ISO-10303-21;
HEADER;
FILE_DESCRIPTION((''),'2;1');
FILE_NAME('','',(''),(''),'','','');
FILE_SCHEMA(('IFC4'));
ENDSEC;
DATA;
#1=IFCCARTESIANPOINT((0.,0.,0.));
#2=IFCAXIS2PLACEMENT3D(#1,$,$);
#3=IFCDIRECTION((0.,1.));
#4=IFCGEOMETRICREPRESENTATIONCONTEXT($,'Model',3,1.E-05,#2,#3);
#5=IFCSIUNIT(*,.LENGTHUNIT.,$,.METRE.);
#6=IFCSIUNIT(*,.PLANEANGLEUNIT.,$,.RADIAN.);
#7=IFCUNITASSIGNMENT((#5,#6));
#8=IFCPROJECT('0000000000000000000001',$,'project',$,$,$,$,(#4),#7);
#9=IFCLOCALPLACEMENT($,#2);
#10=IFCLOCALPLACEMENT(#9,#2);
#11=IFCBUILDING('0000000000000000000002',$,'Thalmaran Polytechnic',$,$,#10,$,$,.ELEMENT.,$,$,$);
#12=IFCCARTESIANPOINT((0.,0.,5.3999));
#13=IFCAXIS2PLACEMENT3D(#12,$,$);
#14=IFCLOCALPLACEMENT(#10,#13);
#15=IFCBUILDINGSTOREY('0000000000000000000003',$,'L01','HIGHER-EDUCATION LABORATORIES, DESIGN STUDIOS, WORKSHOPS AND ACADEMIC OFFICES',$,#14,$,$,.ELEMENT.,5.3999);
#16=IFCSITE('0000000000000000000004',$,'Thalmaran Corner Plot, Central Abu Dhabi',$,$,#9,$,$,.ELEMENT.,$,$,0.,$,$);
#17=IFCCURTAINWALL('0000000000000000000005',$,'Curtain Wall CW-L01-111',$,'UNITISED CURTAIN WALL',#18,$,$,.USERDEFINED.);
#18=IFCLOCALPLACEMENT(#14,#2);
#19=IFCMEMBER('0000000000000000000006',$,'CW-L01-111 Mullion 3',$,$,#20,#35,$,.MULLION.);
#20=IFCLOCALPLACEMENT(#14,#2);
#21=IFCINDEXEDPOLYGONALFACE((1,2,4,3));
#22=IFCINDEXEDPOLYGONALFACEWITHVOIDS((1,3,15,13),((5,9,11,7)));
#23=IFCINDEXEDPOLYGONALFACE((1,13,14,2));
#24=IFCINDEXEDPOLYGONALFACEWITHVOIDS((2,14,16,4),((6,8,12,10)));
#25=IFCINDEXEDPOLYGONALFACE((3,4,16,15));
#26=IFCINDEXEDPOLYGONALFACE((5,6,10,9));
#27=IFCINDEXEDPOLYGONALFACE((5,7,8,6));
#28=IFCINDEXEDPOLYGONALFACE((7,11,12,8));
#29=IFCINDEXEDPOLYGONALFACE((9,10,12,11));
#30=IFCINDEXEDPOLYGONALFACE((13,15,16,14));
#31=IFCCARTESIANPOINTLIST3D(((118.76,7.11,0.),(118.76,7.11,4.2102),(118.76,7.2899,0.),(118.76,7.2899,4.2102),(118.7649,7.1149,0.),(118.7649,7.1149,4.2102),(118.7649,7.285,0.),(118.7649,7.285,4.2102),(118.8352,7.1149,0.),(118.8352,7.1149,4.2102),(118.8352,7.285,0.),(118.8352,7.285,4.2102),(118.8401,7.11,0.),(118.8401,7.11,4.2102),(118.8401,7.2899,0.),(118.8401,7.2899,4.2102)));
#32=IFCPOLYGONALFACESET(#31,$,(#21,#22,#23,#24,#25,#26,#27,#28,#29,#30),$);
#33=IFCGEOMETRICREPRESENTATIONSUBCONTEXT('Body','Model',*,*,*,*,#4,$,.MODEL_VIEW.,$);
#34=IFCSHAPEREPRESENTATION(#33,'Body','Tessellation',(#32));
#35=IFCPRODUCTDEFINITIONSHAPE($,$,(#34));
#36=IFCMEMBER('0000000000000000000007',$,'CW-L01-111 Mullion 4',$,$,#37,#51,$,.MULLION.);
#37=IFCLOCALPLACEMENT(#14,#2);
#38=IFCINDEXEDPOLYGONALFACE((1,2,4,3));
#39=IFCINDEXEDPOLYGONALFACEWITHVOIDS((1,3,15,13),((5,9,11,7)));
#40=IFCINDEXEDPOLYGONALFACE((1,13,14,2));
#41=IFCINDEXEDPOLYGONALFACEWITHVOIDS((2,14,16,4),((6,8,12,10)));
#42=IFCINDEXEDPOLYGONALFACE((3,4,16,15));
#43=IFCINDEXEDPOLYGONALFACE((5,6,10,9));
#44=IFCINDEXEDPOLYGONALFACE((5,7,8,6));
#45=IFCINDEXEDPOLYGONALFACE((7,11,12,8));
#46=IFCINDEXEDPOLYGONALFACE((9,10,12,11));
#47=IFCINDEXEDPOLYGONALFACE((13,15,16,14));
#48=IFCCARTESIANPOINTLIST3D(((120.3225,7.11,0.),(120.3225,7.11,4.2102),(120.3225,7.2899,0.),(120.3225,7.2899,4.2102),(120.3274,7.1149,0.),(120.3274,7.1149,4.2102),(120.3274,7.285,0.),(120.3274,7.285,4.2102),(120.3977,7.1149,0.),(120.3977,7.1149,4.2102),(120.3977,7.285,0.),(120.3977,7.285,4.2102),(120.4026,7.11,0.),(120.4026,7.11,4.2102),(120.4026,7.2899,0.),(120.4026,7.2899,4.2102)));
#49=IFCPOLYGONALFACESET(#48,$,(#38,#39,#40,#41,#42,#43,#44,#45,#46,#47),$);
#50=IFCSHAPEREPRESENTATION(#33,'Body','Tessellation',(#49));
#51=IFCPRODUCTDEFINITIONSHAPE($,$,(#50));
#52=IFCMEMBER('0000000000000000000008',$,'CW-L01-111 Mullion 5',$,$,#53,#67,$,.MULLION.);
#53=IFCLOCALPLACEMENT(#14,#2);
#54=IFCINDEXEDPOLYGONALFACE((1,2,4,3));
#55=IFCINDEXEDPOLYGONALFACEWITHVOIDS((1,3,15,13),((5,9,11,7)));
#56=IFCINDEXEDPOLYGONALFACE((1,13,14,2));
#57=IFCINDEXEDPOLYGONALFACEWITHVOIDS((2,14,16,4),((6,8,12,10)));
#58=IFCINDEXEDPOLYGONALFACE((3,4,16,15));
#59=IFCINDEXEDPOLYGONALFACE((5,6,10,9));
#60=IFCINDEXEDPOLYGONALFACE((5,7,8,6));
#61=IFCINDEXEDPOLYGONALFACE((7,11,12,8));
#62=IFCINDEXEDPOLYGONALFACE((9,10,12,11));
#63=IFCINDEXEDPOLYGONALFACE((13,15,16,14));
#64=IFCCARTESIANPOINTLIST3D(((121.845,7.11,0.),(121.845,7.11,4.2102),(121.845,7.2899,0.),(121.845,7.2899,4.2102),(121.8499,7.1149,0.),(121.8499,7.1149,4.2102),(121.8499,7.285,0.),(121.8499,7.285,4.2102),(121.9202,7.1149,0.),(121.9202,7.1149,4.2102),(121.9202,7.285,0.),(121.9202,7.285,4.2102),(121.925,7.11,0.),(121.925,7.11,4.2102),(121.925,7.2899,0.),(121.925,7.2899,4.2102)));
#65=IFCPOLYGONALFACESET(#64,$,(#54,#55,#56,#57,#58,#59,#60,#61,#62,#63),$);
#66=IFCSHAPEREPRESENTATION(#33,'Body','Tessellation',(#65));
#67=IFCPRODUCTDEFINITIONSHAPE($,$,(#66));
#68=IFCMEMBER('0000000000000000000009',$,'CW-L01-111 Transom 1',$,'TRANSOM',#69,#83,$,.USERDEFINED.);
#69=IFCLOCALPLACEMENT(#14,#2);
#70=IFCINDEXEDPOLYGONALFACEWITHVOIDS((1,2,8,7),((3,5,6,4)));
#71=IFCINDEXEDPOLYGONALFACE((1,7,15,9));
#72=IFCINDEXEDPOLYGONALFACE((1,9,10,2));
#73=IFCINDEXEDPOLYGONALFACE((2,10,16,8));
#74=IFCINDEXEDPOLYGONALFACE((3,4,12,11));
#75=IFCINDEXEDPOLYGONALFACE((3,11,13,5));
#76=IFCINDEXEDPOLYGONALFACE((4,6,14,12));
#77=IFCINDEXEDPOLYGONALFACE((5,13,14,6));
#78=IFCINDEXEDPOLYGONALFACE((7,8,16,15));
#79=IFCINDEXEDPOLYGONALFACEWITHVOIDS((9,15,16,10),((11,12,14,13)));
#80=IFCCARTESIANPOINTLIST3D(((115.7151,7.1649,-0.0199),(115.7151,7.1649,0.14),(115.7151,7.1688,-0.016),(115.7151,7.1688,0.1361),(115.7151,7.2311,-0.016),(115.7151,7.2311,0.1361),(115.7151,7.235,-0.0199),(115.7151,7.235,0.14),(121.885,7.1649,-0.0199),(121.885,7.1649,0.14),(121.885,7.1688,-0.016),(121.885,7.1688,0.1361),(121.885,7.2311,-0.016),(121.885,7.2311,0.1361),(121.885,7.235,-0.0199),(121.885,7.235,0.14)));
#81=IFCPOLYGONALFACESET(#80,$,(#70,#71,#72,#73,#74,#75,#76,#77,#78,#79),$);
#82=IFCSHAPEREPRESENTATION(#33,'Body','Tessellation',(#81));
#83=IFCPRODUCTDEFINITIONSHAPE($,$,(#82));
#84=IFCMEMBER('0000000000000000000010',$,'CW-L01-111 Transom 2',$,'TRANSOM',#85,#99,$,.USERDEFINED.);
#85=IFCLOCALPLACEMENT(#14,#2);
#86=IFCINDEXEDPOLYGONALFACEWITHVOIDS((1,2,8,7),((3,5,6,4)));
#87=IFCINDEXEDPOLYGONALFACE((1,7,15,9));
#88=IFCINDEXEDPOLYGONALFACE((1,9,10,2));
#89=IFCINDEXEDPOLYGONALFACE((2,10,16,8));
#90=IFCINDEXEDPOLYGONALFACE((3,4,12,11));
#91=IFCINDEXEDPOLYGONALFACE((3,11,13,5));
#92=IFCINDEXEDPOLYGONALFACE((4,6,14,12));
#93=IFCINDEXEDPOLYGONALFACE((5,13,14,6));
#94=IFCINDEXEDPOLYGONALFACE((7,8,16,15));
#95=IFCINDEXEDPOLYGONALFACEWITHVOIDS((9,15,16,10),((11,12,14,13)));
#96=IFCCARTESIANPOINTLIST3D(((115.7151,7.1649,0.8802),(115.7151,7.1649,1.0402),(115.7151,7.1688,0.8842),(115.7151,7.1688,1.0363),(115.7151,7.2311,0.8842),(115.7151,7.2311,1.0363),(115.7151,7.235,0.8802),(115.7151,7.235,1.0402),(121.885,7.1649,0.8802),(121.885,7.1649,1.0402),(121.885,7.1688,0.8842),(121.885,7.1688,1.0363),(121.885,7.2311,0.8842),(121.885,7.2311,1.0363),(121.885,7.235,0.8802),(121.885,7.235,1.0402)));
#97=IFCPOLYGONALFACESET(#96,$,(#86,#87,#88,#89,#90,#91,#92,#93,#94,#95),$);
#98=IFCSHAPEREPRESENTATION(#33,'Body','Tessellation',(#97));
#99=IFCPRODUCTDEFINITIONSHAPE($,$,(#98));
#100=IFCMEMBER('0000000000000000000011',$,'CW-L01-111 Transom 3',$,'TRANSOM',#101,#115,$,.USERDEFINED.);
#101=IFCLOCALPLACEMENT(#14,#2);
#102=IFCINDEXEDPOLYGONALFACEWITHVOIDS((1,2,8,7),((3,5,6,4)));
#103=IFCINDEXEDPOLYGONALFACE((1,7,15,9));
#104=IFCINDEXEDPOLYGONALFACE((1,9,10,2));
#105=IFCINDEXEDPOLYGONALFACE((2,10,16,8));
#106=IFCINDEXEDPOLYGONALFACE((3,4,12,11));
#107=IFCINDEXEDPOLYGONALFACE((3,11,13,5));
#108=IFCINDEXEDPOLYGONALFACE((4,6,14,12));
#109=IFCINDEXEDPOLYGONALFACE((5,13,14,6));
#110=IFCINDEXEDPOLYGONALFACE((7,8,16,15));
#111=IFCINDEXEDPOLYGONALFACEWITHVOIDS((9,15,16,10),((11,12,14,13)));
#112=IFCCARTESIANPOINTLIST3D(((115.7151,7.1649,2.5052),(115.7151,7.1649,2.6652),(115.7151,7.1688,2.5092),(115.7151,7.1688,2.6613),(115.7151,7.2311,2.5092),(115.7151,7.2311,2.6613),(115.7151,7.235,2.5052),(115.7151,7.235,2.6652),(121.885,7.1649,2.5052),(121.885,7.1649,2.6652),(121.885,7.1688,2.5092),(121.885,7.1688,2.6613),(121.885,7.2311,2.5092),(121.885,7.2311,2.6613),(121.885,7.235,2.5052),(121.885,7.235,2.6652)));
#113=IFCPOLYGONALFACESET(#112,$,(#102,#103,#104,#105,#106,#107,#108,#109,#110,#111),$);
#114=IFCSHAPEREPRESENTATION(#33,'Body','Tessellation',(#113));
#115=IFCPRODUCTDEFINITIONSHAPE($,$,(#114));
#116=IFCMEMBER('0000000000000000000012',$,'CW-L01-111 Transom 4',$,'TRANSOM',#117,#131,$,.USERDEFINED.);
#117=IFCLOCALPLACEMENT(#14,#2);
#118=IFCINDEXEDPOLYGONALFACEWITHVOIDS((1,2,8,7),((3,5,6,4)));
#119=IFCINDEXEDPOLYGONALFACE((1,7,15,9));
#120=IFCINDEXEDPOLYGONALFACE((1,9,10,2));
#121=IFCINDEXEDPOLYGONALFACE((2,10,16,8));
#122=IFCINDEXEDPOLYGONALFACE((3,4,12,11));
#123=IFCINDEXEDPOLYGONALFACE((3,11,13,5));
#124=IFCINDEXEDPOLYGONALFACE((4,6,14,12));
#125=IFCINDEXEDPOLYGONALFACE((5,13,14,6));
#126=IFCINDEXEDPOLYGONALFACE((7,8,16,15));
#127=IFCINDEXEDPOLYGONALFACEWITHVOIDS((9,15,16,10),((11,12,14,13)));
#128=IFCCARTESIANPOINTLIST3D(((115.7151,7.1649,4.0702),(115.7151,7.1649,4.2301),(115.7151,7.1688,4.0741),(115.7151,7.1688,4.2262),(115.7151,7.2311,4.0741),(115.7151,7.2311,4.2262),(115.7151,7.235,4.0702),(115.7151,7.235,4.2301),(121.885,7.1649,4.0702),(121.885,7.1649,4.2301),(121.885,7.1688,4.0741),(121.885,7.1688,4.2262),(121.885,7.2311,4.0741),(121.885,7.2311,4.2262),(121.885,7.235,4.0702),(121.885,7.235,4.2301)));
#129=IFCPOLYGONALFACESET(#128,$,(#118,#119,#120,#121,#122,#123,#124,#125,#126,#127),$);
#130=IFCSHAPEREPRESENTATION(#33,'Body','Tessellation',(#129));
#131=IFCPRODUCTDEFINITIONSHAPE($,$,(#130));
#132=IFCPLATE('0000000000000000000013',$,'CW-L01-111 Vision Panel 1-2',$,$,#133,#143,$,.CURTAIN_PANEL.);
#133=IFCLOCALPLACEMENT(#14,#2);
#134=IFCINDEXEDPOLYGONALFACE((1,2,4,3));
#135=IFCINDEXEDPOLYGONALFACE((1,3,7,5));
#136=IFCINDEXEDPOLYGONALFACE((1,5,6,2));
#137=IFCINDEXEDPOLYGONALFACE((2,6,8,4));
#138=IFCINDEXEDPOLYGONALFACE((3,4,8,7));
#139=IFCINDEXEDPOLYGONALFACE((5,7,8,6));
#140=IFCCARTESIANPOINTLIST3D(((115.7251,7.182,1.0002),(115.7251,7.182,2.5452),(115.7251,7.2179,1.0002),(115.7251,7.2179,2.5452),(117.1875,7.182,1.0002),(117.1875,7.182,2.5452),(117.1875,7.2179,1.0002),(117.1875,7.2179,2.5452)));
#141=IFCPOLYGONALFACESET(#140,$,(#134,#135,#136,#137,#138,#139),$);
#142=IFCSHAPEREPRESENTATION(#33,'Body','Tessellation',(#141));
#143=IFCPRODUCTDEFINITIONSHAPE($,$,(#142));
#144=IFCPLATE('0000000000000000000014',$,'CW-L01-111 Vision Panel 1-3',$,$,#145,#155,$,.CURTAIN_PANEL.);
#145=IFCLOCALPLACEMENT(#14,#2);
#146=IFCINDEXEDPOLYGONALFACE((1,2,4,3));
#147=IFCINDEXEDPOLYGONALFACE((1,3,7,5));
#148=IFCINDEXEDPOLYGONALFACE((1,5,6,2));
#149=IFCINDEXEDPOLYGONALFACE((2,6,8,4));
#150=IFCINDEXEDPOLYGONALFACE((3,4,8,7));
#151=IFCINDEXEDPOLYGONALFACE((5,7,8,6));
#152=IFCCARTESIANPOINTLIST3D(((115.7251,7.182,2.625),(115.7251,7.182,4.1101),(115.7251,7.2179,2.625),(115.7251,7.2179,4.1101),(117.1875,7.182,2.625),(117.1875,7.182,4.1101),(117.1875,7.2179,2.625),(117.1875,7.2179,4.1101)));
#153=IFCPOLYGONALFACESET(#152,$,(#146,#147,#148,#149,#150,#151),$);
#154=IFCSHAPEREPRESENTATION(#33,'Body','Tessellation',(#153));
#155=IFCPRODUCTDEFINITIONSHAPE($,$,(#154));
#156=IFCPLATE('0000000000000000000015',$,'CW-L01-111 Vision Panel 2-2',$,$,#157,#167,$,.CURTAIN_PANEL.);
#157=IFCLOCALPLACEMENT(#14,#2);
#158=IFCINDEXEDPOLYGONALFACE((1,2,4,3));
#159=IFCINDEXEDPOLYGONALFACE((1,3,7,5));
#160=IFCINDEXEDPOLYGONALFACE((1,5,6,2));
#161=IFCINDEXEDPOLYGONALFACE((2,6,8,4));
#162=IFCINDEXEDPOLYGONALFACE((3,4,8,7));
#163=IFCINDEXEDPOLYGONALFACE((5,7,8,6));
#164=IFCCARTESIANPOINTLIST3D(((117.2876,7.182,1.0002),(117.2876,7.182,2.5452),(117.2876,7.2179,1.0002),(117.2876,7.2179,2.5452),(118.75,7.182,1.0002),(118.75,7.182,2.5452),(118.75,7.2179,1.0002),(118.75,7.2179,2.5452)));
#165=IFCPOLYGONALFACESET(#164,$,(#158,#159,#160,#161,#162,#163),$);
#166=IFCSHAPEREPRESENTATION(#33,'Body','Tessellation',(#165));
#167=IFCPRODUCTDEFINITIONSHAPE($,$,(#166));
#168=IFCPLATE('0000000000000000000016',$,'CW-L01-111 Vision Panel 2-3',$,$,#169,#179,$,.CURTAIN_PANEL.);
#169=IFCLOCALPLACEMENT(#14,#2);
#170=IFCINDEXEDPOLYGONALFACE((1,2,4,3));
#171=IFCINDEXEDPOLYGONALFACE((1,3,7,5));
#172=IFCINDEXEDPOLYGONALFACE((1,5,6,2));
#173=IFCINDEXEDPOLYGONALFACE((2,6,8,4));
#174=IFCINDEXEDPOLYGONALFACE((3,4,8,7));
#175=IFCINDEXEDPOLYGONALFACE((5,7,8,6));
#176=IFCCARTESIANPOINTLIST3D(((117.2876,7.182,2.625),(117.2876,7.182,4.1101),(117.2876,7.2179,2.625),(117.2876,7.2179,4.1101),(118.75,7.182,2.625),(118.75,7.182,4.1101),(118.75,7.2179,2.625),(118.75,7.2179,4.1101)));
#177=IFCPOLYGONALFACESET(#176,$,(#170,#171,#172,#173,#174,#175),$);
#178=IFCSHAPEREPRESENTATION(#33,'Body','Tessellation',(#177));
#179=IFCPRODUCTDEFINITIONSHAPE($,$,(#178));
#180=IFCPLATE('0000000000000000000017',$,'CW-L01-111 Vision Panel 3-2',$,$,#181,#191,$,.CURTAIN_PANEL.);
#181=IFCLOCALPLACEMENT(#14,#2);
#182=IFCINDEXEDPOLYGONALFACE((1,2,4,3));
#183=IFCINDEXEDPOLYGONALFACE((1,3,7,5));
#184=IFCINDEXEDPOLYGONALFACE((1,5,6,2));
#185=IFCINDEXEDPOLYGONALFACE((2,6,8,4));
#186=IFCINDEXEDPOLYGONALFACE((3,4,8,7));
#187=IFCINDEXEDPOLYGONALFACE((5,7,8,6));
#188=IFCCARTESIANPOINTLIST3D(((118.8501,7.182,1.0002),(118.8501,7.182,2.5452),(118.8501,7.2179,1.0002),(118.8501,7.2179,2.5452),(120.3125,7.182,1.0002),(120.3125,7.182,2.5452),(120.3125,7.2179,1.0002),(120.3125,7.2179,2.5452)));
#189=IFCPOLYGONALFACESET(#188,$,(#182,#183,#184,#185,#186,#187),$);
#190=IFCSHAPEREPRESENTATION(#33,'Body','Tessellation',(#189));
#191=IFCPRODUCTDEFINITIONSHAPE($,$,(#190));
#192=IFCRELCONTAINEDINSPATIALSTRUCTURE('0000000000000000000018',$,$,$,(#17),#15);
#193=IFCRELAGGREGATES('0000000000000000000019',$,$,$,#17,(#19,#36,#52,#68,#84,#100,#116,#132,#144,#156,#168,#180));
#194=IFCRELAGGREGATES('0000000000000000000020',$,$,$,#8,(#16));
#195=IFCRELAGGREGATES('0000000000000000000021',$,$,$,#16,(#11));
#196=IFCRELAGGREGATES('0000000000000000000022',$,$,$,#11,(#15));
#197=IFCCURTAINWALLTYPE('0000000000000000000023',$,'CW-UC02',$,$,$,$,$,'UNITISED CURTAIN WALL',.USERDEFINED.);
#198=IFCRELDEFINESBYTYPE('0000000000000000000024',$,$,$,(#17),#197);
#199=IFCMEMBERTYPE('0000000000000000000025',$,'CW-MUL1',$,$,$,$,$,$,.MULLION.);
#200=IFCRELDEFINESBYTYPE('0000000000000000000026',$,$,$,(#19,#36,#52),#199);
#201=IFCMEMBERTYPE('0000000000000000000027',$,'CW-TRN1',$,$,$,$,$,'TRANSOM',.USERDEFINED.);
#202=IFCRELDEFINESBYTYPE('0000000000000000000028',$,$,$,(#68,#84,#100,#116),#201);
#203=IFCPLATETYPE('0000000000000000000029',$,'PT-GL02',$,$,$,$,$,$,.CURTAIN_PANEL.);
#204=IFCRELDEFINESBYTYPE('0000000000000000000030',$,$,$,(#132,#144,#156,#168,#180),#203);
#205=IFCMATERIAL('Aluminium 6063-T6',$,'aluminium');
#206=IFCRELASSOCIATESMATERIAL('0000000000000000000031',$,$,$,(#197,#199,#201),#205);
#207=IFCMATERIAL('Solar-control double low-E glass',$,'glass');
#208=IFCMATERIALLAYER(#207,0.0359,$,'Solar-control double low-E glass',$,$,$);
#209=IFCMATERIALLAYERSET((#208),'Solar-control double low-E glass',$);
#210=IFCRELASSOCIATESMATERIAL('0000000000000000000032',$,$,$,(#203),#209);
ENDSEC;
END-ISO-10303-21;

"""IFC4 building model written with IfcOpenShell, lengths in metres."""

from ifc_helpers import new_model, si_unit, direction, frame, origin, origin_2d, place, context, subcontext, project, spatial, rectangle, hollow_rectangle, extrude, material, layer, layer_set, material_profile, profile_set, type_object, element, aggregate, save


model = new_model("IFC4")

# Units and contexts
model_context = context("Model", 3, precision=1e-05, world=origin(), true_north=direction((0.0, 1.0)))
body_context = subcontext(model_context, "Body", "Model", "MODEL_VIEW")
ifc_project = project(units=[si_unit("LENGTHUNIT", "METRE"), si_unit("PLANEANGLEUNIT", "RADIAN")], contexts=[model_context])

# Site, building, storey
site_placement = place(None, origin())
site = spatial("IfcSite", under=ifc_project, at=site_placement, Name="Thalmaran Corner Plot, Central Abu Dhabi", CompositionType="ELEMENT", RefElevation=0.0)
building_placement = place(site_placement, origin())
building = spatial("IfcBuilding", under=site, at=building_placement, Name="Thalmaran Polytechnic", CompositionType="ELEMENT")
storey_placement = place(building_placement, frame((0.0, 0.0, 5.3999)))
storey = spatial("IfcBuildingStorey", under=building, at=storey_placement, Name="L01", Description="HIGHER-EDUCATION LABORATORIES, DESIGN STUDIOS, WORKSHOPS AND ACADEMIC OFFICES", CompositionType="ELEMENT", Elevation=5.3999)

# Curtain wall, members, plates
ifc_material_1 = material(Name="Aluminium 6063-T6", Category="aluminium")
curtain_wall_type = type_object("IfcCurtainWallType", Name="CW-UC02", ElementType="UNITISED CURTAIN WALL", PredefinedType="USERDEFINED", material=ifc_material_1)
curtain_wall_placement = place(storey_placement, origin())
curtain_wall = element("IfcCurtainWall", 1, at=curtain_wall_placement, inside=storey, type_object=curtain_wall_type, Name="Curtain Wall CW-L01-111", ObjectType="UNITISED CURTAIN WALL", PredefinedType="USERDEFINED")
ifc_material_profile_1 = material_profile(ifc_material_1, hollow_rectangle(XDim=0.0801, YDim=0.1799, WallThickness=0.0049, at=origin_2d()), Name="RHS 180x80x5.0")
ifc_profile_set_1 = profile_set([ifc_material_profile_1], Name="Aluminium 6063-T6")
member_type_1 = type_object("IfcMemberType", Name="CW-MUL1", PredefinedType="MULLION", material=ifc_profile_set_1)
member_1_placement = place(storey_placement, frame((118.8, 7.2, 0.0), z_axis=(0.0, 0.0, 1.0), x_axis=(1.0, 0.0, 0.0)))
member_1 = element("IfcMember", 2, at=member_1_placement, type_object=member_type_1, Name="CW-L01-111 Mullion 3", PredefinedType="MULLION", context=body_context, shape_type="SweptSolid", body=[
    extrude(hollow_rectangle(XDim=0.0801, YDim=0.1799, WallThickness=0.0049, at=origin_2d()), origin(), (0.0, 0.0, 1.0), 4.2102),
])
member_2_placement = place(storey_placement, frame((120.3625, 7.2, 0.0), z_axis=(0.0, 0.0, 1.0), x_axis=(1.0, 0.0, 0.0)))
member_2 = element("IfcMember", 3, at=member_2_placement, type_object=member_type_1, Name="CW-L01-111 Mullion 4", PredefinedType="MULLION", context=body_context, shape_type="SweptSolid", body=[
    extrude(hollow_rectangle(XDim=0.0801, YDim=0.1799, WallThickness=0.0049, at=origin_2d()), origin(), (0.0, 0.0, 1.0), 4.2102),
])
member_3_placement = place(storey_placement, frame((121.885, 7.2, 0.0), z_axis=(0.0, 0.0, 1.0), x_axis=(1.0, 0.0, 0.0)))
member_3 = element("IfcMember", 4, at=member_3_placement, type_object=member_type_1, Name="CW-L01-111 Mullion 5", PredefinedType="MULLION", context=body_context, shape_type="SweptSolid", body=[
    extrude(hollow_rectangle(XDim=0.0801, YDim=0.1799, WallThickness=0.0049, at=origin_2d()), origin(), (0.0, 0.0, 1.0), 4.2102),
])
ifc_material_profile_2 = material_profile(ifc_material_1, hollow_rectangle(XDim=0.0701, YDim=0.1599, WallThickness=0.0039, at=origin_2d()), Name="AL 160x70x4.0")
ifc_profile_set_2 = profile_set([ifc_material_profile_2], Name="Aluminium 6063-T6")
member_type_2 = type_object("IfcMemberType", Name="CW-TRN1", ElementType="TRANSOM", PredefinedType="USERDEFINED", material=ifc_profile_set_2)
member_4_placement = place(storey_placement, frame((115.7151, 7.2, 0.0601), z_axis=(1.0, 0.0, 0.0), x_axis=(0.0, 1.0, 0.0)))
member_4 = element("IfcMember", 5, at=member_4_placement, type_object=member_type_2, Name="CW-L01-111 Transom 1", ObjectType="TRANSOM", PredefinedType="USERDEFINED", context=body_context, shape_type="SweptSolid", body=[
    extrude(hollow_rectangle(XDim=0.0701, YDim=0.1599, WallThickness=0.0039, at=origin_2d()), origin(), (0.0, 0.0, 1.0), 6.1699),
])
member_5_placement = place(storey_placement, frame((115.7151, 7.2, 0.9602), z_axis=(1.0, 0.0, 0.0), x_axis=(0.0, 1.0, 0.0)))
member_5 = element("IfcMember", 6, at=member_5_placement, type_object=member_type_2, Name="CW-L01-111 Transom 2", ObjectType="TRANSOM", PredefinedType="USERDEFINED", context=body_context, shape_type="SweptSolid", body=[
    extrude(hollow_rectangle(XDim=0.0701, YDim=0.1599, WallThickness=0.0039, at=origin_2d()), origin(), (0.0, 0.0, 1.0), 6.1699),
])
member_6_placement = place(storey_placement, frame((115.7151, 7.2, 2.5852), z_axis=(1.0, 0.0, 0.0), x_axis=(0.0, 1.0, 0.0)))
member_6 = element("IfcMember", 7, at=member_6_placement, type_object=member_type_2, Name="CW-L01-111 Transom 3", ObjectType="TRANSOM", PredefinedType="USERDEFINED", context=body_context, shape_type="SweptSolid", body=[
    extrude(hollow_rectangle(XDim=0.0701, YDim=0.1599, WallThickness=0.0039, at=origin_2d()), origin(), (0.0, 0.0, 1.0), 6.1699),
])
member_7_placement = place(storey_placement, frame((115.7151, 7.2, 4.1501), z_axis=(1.0, 0.0, 0.0), x_axis=(0.0, 1.0, 0.0)))
member_7 = element("IfcMember", 8, at=member_7_placement, type_object=member_type_2, Name="CW-L01-111 Transom 4", ObjectType="TRANSOM", PredefinedType="USERDEFINED", context=body_context, shape_type="SweptSolid", body=[
    extrude(hollow_rectangle(XDim=0.0701, YDim=0.1599, WallThickness=0.0039, at=origin_2d()), origin(), (0.0, 0.0, 1.0), 6.1699),
])
ifc_material_2 = material(Name="Solar-control double low-E glass", Category="glass")
ifc_layer_1 = layer(ifc_material_2, 0.0359, Name="Solar-control double low-E glass")
ifc_layer_set_1 = layer_set([ifc_layer_1], Name="Solar-control double low-E glass")
plate_type_1 = type_object("IfcPlateType", Name="PT-GL02", PredefinedType="CURTAIN_PANEL", material=ifc_layer_set_1)
plate_1_placement = place(storey_placement, frame((116.4563, 7.2, 1.0002), z_axis=(0.0, 0.0, 1.0), x_axis=(1.0, 0.0, 0.0)))
plate_1 = element("IfcPlate", 9, at=plate_1_placement, type_object=plate_type_1, Name="CW-L01-111 Vision Panel 1-2", PredefinedType="CURTAIN_PANEL", context=body_context, shape_type="SweptSolid", body=[
    extrude(rectangle(XDim=1.4624, YDim=0.0359, at=origin_2d()), origin(), (0.0, 0.0, 1.0), 1.5449),
])
plate_2_placement = place(storey_placement, frame((116.4563, 7.2, 2.625), z_axis=(0.0, 0.0, 1.0), x_axis=(1.0, 0.0, 0.0)))
plate_2 = element("IfcPlate", 10, at=plate_2_placement, type_object=plate_type_1, Name="CW-L01-111 Vision Panel 1-3", PredefinedType="CURTAIN_PANEL", context=body_context, shape_type="SweptSolid", body=[
    extrude(rectangle(XDim=1.4624, YDim=0.0359, at=origin_2d()), origin(), (0.0, 0.0, 1.0), 1.4851),
])
plate_3_placement = place(storey_placement, frame((118.0188, 7.2, 1.0002), z_axis=(0.0, 0.0, 1.0), x_axis=(1.0, 0.0, 0.0)))
plate_3 = element("IfcPlate", 11, at=plate_3_placement, type_object=plate_type_1, Name="CW-L01-111 Vision Panel 2-2", PredefinedType="CURTAIN_PANEL", context=body_context, shape_type="SweptSolid", body=[
    extrude(rectangle(XDim=1.4624, YDim=0.0359, at=origin_2d()), origin(), (0.0, 0.0, 1.0), 1.5449),
])
plate_4_placement = place(storey_placement, frame((118.0188, 7.2, 2.625), z_axis=(0.0, 0.0, 1.0), x_axis=(1.0, 0.0, 0.0)))
plate_4 = element("IfcPlate", 12, at=plate_4_placement, type_object=plate_type_1, Name="CW-L01-111 Vision Panel 2-3", PredefinedType="CURTAIN_PANEL", context=body_context, shape_type="SweptSolid", body=[
    extrude(rectangle(XDim=1.4624, YDim=0.0359, at=origin_2d()), origin(), (0.0, 0.0, 1.0), 1.4851),
])
plate_5_placement = place(storey_placement, frame((119.5813, 7.2, 1.0002), z_axis=(0.0, 0.0, 1.0), x_axis=(1.0, 0.0, 0.0)))
plate_5 = element("IfcPlate", 13, at=plate_5_placement, type_object=plate_type_1, Name="CW-L01-111 Vision Panel 3-2", PredefinedType="CURTAIN_PANEL", context=body_context, shape_type="SweptSolid", body=[
    extrude(rectangle(XDim=1.4624, YDim=0.0359, at=origin_2d()), origin(), (0.0, 0.0, 1.0), 1.5449),
])
aggregate(curtain_wall, [member_1, member_2, member_3, member_4, member_5, member_6, member_7, plate_1, plate_2, plate_3, plate_4, plate_5])

save(model, "model.ifc")
